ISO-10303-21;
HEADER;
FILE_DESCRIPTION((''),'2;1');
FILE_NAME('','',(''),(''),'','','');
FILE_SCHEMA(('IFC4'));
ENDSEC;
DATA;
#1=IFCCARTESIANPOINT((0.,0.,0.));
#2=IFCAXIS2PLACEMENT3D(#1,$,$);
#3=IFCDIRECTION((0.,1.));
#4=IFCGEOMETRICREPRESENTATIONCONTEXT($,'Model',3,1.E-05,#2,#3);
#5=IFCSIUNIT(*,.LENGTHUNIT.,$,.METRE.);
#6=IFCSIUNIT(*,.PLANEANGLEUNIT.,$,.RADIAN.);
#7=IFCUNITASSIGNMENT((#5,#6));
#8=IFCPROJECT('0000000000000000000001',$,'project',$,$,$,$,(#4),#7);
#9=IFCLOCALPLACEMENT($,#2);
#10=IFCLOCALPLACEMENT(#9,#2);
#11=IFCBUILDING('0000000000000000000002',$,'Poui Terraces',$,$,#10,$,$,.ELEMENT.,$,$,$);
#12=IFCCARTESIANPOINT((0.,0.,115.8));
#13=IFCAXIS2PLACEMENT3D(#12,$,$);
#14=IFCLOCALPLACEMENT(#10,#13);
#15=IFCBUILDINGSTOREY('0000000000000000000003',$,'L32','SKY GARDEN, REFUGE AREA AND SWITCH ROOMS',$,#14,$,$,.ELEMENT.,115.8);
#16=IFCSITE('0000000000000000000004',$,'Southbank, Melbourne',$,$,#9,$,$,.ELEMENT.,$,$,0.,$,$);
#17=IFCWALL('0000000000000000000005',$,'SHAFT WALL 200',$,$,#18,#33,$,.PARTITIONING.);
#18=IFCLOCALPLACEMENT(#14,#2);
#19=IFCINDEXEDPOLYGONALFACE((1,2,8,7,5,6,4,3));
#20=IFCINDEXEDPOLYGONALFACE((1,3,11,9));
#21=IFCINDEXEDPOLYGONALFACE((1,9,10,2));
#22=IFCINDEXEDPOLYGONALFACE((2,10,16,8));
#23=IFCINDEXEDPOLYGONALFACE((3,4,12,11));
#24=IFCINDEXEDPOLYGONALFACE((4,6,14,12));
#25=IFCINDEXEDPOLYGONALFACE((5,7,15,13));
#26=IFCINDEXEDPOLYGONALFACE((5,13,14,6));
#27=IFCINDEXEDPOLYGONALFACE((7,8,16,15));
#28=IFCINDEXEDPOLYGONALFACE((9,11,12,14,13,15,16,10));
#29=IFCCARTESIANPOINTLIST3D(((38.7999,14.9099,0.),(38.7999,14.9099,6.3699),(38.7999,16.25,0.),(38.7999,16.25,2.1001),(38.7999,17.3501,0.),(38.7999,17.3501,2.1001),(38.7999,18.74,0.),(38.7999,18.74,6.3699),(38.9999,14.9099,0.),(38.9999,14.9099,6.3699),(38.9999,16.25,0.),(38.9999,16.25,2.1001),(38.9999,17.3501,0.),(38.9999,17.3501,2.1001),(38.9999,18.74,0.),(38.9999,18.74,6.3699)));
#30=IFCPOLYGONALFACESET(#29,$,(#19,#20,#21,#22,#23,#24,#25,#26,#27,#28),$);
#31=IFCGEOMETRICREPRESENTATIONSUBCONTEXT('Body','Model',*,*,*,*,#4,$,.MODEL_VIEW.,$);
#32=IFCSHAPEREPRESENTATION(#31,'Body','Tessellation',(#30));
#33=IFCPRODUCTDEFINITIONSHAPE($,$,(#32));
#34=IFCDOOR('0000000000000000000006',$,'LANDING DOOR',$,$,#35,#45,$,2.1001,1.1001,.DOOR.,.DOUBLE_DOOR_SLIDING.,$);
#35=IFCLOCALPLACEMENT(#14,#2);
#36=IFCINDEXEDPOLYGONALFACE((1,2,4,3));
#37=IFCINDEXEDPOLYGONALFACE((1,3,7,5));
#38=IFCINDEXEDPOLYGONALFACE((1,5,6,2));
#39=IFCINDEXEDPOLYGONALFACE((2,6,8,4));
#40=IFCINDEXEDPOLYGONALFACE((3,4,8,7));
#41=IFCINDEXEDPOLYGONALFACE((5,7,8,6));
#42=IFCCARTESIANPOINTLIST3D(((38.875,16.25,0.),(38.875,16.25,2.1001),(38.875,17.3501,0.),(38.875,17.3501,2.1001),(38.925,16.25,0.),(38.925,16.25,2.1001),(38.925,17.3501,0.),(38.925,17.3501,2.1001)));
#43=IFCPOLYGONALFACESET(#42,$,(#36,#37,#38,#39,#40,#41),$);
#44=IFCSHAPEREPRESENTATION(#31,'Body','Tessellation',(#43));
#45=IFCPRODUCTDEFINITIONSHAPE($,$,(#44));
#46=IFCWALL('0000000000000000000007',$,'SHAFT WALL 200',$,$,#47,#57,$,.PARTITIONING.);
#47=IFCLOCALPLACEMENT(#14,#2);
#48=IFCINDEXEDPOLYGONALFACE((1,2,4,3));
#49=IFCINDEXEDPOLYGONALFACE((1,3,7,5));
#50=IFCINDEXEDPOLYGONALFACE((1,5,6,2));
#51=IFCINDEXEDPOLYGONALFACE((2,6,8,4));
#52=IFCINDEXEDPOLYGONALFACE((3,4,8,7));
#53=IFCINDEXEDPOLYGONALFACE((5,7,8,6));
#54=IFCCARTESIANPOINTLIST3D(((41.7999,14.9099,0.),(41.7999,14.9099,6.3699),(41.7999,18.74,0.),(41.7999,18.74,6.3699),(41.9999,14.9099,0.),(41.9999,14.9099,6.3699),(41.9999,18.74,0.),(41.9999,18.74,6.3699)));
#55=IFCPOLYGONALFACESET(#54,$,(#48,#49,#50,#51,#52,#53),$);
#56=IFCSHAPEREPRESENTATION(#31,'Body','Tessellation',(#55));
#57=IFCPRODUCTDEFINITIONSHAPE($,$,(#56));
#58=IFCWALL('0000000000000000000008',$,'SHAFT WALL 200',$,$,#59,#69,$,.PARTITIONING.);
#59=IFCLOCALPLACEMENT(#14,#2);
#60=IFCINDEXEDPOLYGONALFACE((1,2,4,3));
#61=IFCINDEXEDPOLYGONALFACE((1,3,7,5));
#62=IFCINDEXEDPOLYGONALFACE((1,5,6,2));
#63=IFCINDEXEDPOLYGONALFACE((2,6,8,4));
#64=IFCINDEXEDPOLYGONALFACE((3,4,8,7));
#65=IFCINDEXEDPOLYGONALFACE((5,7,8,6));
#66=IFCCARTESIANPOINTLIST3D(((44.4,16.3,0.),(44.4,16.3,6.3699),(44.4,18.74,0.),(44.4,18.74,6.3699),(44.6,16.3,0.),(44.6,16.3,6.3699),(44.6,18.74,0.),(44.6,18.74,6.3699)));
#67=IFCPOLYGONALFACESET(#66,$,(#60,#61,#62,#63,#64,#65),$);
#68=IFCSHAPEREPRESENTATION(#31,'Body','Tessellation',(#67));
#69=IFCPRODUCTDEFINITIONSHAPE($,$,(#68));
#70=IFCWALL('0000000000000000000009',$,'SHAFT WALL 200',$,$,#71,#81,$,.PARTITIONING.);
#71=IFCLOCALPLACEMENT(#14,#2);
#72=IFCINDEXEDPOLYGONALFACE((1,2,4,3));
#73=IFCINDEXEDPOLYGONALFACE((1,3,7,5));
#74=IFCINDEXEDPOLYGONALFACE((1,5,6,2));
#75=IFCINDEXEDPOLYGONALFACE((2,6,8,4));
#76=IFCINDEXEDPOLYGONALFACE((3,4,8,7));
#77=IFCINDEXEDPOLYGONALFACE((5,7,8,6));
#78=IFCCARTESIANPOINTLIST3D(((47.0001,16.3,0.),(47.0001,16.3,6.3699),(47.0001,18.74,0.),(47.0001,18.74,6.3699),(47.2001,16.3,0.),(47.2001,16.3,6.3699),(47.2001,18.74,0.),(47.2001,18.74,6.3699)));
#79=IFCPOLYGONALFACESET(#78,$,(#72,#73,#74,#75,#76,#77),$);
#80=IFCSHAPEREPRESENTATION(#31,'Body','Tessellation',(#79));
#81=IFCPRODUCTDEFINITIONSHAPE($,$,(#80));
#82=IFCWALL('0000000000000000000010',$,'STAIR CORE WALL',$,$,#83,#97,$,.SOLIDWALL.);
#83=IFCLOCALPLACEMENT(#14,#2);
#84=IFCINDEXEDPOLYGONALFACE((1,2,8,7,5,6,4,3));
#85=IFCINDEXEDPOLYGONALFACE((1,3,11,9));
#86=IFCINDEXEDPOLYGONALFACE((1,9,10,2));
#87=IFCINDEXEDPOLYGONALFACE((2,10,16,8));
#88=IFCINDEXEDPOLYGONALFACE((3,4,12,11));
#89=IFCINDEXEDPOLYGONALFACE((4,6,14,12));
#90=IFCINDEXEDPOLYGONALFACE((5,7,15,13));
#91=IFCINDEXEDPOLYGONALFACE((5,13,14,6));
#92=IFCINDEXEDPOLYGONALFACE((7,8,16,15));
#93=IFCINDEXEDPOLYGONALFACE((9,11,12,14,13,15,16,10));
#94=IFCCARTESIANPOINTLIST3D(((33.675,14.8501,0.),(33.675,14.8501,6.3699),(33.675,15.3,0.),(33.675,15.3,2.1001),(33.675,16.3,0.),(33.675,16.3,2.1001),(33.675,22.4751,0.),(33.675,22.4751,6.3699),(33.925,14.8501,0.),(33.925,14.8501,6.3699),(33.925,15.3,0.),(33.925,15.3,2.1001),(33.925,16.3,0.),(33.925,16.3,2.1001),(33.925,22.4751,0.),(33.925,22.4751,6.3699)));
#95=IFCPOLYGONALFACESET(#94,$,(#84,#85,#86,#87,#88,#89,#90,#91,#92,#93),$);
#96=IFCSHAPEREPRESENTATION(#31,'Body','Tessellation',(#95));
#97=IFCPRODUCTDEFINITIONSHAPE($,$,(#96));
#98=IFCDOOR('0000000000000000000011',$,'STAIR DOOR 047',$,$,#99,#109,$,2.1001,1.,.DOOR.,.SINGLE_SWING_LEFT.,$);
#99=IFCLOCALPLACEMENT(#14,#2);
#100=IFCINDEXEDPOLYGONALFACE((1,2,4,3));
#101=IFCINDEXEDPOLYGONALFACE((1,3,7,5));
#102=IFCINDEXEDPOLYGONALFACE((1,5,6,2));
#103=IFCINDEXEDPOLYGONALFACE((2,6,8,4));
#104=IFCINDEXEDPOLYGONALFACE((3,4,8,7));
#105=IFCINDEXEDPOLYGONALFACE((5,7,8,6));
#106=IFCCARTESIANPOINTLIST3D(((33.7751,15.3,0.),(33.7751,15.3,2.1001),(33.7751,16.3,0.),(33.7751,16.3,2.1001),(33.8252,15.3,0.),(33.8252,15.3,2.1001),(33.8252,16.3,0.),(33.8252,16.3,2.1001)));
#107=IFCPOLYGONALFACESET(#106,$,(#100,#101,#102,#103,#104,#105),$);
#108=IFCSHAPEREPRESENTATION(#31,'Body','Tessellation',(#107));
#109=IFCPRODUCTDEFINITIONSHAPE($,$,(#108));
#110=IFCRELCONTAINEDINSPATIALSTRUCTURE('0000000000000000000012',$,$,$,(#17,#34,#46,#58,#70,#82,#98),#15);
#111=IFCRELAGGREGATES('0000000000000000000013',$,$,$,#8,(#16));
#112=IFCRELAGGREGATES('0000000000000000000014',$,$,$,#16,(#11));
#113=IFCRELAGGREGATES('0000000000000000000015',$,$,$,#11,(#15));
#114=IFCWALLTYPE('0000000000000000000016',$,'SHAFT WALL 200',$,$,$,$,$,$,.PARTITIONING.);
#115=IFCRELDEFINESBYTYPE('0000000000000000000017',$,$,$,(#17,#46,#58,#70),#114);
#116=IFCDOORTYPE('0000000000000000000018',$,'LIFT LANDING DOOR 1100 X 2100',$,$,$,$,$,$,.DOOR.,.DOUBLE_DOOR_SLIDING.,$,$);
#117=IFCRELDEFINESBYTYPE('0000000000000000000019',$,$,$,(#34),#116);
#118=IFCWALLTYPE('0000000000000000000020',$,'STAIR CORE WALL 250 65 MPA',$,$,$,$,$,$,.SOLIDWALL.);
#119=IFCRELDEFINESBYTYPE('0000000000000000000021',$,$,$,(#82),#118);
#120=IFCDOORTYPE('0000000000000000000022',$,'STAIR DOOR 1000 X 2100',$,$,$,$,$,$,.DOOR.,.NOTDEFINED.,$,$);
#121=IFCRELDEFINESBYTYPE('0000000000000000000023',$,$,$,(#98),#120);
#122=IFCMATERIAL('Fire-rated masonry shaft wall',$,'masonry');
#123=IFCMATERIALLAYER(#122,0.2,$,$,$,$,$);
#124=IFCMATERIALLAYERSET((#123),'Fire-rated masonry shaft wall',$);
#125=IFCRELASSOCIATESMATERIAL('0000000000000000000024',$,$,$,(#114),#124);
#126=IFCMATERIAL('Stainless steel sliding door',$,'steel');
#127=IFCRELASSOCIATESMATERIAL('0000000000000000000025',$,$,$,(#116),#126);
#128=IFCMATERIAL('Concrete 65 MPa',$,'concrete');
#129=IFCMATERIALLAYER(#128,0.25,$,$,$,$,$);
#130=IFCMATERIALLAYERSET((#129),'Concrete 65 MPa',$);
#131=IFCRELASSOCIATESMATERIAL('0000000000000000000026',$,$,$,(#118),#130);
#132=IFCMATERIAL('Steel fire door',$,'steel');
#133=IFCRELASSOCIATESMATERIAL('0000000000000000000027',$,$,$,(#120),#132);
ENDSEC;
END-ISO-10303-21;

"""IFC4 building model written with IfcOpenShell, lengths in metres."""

from ifc_helpers import new_model, si_unit, direction, frame, frame_2d, origin, place, context, subcontext, project, spatial, rectangle, extrude, material, layer, layer_set, type_object, element, fill, save


model = new_model("IFC4")

# Units and contexts
model_context = context("Model", 3, precision=1e-05, world=origin(), true_north=direction((0.0, 1.0)))
body_context = subcontext(model_context, "Body", "Model", "MODEL_VIEW")
ifc_project = project(units=[si_unit("LENGTHUNIT", "METRE"), si_unit("PLANEANGLEUNIT", "RADIAN")], contexts=[model_context])

# Site, building, storey
site_placement = place(None, origin())
site = spatial("IfcSite", under=ifc_project, at=site_placement, Name="Southbank, Melbourne", CompositionType="ELEMENT", RefElevation=0.0)
building_placement = place(site_placement, origin())
building = spatial("IfcBuilding", under=site, at=building_placement, Name="Poui Terraces", CompositionType="ELEMENT")
storey_placement = place(building_placement, frame((0.0, 0.0, 115.8)))
storey = spatial("IfcBuildingStorey", under=building, at=storey_placement, Name="L32", Description="SKY GARDEN, REFUGE AREA AND SWITCH ROOMS", CompositionType="ELEMENT", Elevation=115.8)

# Shared definitions
ifc_material_1 = material(Name="Concrete 65 MPa", Category="concrete")
ifc_material_2 = material(Name="Steel fire door", Category="steel")

# Shared definitions
ifc_material_3 = material(Name="Fire-rated masonry shaft wall", Category="masonry")
ifc_layer_1 = layer(ifc_material_3, 0.2)
ifc_layer_set_1 = layer_set([ifc_layer_1], Name="Fire-rated masonry shaft wall")
wall_type_1 = type_object("IfcWallType", Name="SHAFT WALL 200", PredefinedType="PARTITIONING", material=ifc_layer_set_1)

# Wall, opening, door
wall_1_placement = place(storey_placement, frame((38.8999, 14.9099, 0.0), z_axis=(0.0, 0.0, 1.0), x_axis=(0.0, 1.0, 0.0)))
wall_1 = element("IfcWall", 1, at=wall_1_placement, inside=storey, type_object=wall_type_1, Name="SHAFT WALL 200", PredefinedType="PARTITIONING", context=body_context, shape_type="SweptSolid", body=[
    extrude(rectangle(XDim=3.8301, YDim=0.2, at=frame_2d((1.915, 0.0))), origin(), (0.0, 0.0, 1.0), 6.3699),
])
opening_1_placement = place(wall_1_placement, frame((1.3401, 0.0, 0.0)))
opening_1 = element("IfcOpeningElement", 2, at=opening_1_placement, cuts=wall_1, PredefinedType="OPENING", context=body_context, shape_type="SweptSolid", body=[
    extrude(rectangle(XDim=1.1001, YDim=2.1001, at=frame_2d((0.55, 1.05))), frame((0.0, 0.1099, 0.0), z_axis=(0.0, -1.0, 0.0), x_axis=(1.0, 0.0, 0.0)), (0.0, 0.0, 1.0), 0.22),
])
ifc_material_4 = material(Name="Stainless steel sliding door", Category="steel")
door_type_1 = type_object("IfcDoorType", Name="LIFT LANDING DOOR 1100 X 2100", OperationType="DOUBLE_DOOR_SLIDING", PredefinedType="DOOR", material=ifc_material_4)
door_1_placement = place(opening_1_placement, origin())
door_1 = element("IfcDoor", 3, at=door_1_placement, inside=storey, type_object=door_type_1, Name="LANDING DOOR", OperationType="DOUBLE_DOOR_SLIDING", OverallHeight=2.1001, OverallWidth=1.1001, PredefinedType="DOOR", context=body_context, shape_type="SweptSolid", body=[
    extrude(rectangle(XDim=1.1001, YDim=2.1001, at=frame_2d((0.55, 1.05))), frame((0.0, 0.0249, 0.0), z_axis=(0.0, -1.0, 0.0), x_axis=(1.0, 0.0, 0.0)), (0.0, 0.0, 1.0), 0.05),
])
fill(opening_1, door_1)

# Walls
wall_2_placement = place(storey_placement, frame((41.8999, 14.9099, 0.0), z_axis=(0.0, 0.0, 1.0), x_axis=(0.0, 1.0, 0.0)))
element("IfcWall", 4, at=wall_2_placement, inside=storey, type_object=wall_type_1, Name="SHAFT WALL 200", PredefinedType="PARTITIONING", context=body_context, shape_type="SweptSolid", body=[
    extrude(rectangle(XDim=3.8301, YDim=0.2, at=frame_2d((1.915, 0.0))), origin(), (0.0, 0.0, 1.0), 6.3699),
])
for number, where, z_axis, x_axis, name in (
    (5, (44.5, 16.3, 0.0), (0.0, 0.0, 1.0), (0.0, 1.0, 0.0), "SHAFT WALL 200"),
    (6, (47.1001, 16.3, 0.0), (0.0, 0.0, 1.0), (0.0, 1.0, 0.0), "SHAFT WALL 200"),
):
    element("IfcWall", number, at=place(storey_placement, frame(where, z_axis=z_axis, x_axis=x_axis)), inside=storey, type_object=wall_type_1, Name=name, PredefinedType="PARTITIONING", context=body_context, shape_type="SweptSolid", body=[
        extrude(rectangle(XDim=2.4399, YDim=0.2, at=frame_2d((1.22, 0.0))), origin(), (0.0, 0.0, 1.0), 6.3699),
    ])

# Wall, opening, door
ifc_layer_2 = layer(ifc_material_1, 0.25)
ifc_layer_set_2 = layer_set([ifc_layer_2], Name="Concrete 65 MPa")
wall_type_2 = type_object("IfcWallType", Name="STAIR CORE WALL 250 65 MPA", PredefinedType="SOLIDWALL", material=ifc_layer_set_2)
wall_3_placement = place(storey_placement, frame((33.8, 14.8501, 0.0), z_axis=(0.0, 0.0, 1.0), x_axis=(0.0, 1.0, 0.0)))
wall_3 = element("IfcWall", 7, at=wall_3_placement, inside=storey, type_object=wall_type_2, Name="STAIR CORE WALL", PredefinedType="SOLIDWALL", context=body_context, shape_type="SweptSolid", body=[
    extrude(rectangle(XDim=7.625, YDim=0.25, at=frame_2d((3.8125, 0.0))), origin(), (0.0, 0.0, 1.0), 6.3699),
])
opening_2_placement = place(wall_3_placement, frame((0.45, 0.0, 0.0)))
opening_2 = element("IfcOpeningElement", 8, at=opening_2_placement, cuts=wall_3, PredefinedType="OPENING", context=body_context, shape_type="SweptSolid", body=[
    extrude(rectangle(XDim=1.0, YDim=2.1001, at=frame_2d((0.5, 1.05))), frame((0.0, 0.135, 0.0), z_axis=(0.0, -1.0, 0.0), x_axis=(1.0, 0.0, 0.0)), (0.0, 0.0, 1.0), 0.27),
])
door_type_2 = type_object("IfcDoorType", Name="STAIR DOOR 1000 X 2100", OperationType="NOTDEFINED", PredefinedType="DOOR", material=ifc_material_2)
door_2_placement = place(opening_2_placement, origin())
door_2 = element("IfcDoor", 9, at=door_2_placement, inside=storey, type_object=door_type_2, Name="STAIR DOOR 047", OperationType="SINGLE_SWING_LEFT", OverallHeight=2.1001, OverallWidth=1.0, PredefinedType="DOOR", context=body_context, shape_type="SweptSolid", body=[
    extrude(rectangle(XDim=1.0, YDim=2.1001, at=frame_2d((0.5, 1.05))), frame((0.0, 0.0249, 0.0), z_axis=(0.0, -1.0, 0.0), x_axis=(1.0, 0.0, 0.0)), (0.0, 0.0, 1.0), 0.05),
])
fill(opening_2, door_2)

save(model, "model.ifc")
